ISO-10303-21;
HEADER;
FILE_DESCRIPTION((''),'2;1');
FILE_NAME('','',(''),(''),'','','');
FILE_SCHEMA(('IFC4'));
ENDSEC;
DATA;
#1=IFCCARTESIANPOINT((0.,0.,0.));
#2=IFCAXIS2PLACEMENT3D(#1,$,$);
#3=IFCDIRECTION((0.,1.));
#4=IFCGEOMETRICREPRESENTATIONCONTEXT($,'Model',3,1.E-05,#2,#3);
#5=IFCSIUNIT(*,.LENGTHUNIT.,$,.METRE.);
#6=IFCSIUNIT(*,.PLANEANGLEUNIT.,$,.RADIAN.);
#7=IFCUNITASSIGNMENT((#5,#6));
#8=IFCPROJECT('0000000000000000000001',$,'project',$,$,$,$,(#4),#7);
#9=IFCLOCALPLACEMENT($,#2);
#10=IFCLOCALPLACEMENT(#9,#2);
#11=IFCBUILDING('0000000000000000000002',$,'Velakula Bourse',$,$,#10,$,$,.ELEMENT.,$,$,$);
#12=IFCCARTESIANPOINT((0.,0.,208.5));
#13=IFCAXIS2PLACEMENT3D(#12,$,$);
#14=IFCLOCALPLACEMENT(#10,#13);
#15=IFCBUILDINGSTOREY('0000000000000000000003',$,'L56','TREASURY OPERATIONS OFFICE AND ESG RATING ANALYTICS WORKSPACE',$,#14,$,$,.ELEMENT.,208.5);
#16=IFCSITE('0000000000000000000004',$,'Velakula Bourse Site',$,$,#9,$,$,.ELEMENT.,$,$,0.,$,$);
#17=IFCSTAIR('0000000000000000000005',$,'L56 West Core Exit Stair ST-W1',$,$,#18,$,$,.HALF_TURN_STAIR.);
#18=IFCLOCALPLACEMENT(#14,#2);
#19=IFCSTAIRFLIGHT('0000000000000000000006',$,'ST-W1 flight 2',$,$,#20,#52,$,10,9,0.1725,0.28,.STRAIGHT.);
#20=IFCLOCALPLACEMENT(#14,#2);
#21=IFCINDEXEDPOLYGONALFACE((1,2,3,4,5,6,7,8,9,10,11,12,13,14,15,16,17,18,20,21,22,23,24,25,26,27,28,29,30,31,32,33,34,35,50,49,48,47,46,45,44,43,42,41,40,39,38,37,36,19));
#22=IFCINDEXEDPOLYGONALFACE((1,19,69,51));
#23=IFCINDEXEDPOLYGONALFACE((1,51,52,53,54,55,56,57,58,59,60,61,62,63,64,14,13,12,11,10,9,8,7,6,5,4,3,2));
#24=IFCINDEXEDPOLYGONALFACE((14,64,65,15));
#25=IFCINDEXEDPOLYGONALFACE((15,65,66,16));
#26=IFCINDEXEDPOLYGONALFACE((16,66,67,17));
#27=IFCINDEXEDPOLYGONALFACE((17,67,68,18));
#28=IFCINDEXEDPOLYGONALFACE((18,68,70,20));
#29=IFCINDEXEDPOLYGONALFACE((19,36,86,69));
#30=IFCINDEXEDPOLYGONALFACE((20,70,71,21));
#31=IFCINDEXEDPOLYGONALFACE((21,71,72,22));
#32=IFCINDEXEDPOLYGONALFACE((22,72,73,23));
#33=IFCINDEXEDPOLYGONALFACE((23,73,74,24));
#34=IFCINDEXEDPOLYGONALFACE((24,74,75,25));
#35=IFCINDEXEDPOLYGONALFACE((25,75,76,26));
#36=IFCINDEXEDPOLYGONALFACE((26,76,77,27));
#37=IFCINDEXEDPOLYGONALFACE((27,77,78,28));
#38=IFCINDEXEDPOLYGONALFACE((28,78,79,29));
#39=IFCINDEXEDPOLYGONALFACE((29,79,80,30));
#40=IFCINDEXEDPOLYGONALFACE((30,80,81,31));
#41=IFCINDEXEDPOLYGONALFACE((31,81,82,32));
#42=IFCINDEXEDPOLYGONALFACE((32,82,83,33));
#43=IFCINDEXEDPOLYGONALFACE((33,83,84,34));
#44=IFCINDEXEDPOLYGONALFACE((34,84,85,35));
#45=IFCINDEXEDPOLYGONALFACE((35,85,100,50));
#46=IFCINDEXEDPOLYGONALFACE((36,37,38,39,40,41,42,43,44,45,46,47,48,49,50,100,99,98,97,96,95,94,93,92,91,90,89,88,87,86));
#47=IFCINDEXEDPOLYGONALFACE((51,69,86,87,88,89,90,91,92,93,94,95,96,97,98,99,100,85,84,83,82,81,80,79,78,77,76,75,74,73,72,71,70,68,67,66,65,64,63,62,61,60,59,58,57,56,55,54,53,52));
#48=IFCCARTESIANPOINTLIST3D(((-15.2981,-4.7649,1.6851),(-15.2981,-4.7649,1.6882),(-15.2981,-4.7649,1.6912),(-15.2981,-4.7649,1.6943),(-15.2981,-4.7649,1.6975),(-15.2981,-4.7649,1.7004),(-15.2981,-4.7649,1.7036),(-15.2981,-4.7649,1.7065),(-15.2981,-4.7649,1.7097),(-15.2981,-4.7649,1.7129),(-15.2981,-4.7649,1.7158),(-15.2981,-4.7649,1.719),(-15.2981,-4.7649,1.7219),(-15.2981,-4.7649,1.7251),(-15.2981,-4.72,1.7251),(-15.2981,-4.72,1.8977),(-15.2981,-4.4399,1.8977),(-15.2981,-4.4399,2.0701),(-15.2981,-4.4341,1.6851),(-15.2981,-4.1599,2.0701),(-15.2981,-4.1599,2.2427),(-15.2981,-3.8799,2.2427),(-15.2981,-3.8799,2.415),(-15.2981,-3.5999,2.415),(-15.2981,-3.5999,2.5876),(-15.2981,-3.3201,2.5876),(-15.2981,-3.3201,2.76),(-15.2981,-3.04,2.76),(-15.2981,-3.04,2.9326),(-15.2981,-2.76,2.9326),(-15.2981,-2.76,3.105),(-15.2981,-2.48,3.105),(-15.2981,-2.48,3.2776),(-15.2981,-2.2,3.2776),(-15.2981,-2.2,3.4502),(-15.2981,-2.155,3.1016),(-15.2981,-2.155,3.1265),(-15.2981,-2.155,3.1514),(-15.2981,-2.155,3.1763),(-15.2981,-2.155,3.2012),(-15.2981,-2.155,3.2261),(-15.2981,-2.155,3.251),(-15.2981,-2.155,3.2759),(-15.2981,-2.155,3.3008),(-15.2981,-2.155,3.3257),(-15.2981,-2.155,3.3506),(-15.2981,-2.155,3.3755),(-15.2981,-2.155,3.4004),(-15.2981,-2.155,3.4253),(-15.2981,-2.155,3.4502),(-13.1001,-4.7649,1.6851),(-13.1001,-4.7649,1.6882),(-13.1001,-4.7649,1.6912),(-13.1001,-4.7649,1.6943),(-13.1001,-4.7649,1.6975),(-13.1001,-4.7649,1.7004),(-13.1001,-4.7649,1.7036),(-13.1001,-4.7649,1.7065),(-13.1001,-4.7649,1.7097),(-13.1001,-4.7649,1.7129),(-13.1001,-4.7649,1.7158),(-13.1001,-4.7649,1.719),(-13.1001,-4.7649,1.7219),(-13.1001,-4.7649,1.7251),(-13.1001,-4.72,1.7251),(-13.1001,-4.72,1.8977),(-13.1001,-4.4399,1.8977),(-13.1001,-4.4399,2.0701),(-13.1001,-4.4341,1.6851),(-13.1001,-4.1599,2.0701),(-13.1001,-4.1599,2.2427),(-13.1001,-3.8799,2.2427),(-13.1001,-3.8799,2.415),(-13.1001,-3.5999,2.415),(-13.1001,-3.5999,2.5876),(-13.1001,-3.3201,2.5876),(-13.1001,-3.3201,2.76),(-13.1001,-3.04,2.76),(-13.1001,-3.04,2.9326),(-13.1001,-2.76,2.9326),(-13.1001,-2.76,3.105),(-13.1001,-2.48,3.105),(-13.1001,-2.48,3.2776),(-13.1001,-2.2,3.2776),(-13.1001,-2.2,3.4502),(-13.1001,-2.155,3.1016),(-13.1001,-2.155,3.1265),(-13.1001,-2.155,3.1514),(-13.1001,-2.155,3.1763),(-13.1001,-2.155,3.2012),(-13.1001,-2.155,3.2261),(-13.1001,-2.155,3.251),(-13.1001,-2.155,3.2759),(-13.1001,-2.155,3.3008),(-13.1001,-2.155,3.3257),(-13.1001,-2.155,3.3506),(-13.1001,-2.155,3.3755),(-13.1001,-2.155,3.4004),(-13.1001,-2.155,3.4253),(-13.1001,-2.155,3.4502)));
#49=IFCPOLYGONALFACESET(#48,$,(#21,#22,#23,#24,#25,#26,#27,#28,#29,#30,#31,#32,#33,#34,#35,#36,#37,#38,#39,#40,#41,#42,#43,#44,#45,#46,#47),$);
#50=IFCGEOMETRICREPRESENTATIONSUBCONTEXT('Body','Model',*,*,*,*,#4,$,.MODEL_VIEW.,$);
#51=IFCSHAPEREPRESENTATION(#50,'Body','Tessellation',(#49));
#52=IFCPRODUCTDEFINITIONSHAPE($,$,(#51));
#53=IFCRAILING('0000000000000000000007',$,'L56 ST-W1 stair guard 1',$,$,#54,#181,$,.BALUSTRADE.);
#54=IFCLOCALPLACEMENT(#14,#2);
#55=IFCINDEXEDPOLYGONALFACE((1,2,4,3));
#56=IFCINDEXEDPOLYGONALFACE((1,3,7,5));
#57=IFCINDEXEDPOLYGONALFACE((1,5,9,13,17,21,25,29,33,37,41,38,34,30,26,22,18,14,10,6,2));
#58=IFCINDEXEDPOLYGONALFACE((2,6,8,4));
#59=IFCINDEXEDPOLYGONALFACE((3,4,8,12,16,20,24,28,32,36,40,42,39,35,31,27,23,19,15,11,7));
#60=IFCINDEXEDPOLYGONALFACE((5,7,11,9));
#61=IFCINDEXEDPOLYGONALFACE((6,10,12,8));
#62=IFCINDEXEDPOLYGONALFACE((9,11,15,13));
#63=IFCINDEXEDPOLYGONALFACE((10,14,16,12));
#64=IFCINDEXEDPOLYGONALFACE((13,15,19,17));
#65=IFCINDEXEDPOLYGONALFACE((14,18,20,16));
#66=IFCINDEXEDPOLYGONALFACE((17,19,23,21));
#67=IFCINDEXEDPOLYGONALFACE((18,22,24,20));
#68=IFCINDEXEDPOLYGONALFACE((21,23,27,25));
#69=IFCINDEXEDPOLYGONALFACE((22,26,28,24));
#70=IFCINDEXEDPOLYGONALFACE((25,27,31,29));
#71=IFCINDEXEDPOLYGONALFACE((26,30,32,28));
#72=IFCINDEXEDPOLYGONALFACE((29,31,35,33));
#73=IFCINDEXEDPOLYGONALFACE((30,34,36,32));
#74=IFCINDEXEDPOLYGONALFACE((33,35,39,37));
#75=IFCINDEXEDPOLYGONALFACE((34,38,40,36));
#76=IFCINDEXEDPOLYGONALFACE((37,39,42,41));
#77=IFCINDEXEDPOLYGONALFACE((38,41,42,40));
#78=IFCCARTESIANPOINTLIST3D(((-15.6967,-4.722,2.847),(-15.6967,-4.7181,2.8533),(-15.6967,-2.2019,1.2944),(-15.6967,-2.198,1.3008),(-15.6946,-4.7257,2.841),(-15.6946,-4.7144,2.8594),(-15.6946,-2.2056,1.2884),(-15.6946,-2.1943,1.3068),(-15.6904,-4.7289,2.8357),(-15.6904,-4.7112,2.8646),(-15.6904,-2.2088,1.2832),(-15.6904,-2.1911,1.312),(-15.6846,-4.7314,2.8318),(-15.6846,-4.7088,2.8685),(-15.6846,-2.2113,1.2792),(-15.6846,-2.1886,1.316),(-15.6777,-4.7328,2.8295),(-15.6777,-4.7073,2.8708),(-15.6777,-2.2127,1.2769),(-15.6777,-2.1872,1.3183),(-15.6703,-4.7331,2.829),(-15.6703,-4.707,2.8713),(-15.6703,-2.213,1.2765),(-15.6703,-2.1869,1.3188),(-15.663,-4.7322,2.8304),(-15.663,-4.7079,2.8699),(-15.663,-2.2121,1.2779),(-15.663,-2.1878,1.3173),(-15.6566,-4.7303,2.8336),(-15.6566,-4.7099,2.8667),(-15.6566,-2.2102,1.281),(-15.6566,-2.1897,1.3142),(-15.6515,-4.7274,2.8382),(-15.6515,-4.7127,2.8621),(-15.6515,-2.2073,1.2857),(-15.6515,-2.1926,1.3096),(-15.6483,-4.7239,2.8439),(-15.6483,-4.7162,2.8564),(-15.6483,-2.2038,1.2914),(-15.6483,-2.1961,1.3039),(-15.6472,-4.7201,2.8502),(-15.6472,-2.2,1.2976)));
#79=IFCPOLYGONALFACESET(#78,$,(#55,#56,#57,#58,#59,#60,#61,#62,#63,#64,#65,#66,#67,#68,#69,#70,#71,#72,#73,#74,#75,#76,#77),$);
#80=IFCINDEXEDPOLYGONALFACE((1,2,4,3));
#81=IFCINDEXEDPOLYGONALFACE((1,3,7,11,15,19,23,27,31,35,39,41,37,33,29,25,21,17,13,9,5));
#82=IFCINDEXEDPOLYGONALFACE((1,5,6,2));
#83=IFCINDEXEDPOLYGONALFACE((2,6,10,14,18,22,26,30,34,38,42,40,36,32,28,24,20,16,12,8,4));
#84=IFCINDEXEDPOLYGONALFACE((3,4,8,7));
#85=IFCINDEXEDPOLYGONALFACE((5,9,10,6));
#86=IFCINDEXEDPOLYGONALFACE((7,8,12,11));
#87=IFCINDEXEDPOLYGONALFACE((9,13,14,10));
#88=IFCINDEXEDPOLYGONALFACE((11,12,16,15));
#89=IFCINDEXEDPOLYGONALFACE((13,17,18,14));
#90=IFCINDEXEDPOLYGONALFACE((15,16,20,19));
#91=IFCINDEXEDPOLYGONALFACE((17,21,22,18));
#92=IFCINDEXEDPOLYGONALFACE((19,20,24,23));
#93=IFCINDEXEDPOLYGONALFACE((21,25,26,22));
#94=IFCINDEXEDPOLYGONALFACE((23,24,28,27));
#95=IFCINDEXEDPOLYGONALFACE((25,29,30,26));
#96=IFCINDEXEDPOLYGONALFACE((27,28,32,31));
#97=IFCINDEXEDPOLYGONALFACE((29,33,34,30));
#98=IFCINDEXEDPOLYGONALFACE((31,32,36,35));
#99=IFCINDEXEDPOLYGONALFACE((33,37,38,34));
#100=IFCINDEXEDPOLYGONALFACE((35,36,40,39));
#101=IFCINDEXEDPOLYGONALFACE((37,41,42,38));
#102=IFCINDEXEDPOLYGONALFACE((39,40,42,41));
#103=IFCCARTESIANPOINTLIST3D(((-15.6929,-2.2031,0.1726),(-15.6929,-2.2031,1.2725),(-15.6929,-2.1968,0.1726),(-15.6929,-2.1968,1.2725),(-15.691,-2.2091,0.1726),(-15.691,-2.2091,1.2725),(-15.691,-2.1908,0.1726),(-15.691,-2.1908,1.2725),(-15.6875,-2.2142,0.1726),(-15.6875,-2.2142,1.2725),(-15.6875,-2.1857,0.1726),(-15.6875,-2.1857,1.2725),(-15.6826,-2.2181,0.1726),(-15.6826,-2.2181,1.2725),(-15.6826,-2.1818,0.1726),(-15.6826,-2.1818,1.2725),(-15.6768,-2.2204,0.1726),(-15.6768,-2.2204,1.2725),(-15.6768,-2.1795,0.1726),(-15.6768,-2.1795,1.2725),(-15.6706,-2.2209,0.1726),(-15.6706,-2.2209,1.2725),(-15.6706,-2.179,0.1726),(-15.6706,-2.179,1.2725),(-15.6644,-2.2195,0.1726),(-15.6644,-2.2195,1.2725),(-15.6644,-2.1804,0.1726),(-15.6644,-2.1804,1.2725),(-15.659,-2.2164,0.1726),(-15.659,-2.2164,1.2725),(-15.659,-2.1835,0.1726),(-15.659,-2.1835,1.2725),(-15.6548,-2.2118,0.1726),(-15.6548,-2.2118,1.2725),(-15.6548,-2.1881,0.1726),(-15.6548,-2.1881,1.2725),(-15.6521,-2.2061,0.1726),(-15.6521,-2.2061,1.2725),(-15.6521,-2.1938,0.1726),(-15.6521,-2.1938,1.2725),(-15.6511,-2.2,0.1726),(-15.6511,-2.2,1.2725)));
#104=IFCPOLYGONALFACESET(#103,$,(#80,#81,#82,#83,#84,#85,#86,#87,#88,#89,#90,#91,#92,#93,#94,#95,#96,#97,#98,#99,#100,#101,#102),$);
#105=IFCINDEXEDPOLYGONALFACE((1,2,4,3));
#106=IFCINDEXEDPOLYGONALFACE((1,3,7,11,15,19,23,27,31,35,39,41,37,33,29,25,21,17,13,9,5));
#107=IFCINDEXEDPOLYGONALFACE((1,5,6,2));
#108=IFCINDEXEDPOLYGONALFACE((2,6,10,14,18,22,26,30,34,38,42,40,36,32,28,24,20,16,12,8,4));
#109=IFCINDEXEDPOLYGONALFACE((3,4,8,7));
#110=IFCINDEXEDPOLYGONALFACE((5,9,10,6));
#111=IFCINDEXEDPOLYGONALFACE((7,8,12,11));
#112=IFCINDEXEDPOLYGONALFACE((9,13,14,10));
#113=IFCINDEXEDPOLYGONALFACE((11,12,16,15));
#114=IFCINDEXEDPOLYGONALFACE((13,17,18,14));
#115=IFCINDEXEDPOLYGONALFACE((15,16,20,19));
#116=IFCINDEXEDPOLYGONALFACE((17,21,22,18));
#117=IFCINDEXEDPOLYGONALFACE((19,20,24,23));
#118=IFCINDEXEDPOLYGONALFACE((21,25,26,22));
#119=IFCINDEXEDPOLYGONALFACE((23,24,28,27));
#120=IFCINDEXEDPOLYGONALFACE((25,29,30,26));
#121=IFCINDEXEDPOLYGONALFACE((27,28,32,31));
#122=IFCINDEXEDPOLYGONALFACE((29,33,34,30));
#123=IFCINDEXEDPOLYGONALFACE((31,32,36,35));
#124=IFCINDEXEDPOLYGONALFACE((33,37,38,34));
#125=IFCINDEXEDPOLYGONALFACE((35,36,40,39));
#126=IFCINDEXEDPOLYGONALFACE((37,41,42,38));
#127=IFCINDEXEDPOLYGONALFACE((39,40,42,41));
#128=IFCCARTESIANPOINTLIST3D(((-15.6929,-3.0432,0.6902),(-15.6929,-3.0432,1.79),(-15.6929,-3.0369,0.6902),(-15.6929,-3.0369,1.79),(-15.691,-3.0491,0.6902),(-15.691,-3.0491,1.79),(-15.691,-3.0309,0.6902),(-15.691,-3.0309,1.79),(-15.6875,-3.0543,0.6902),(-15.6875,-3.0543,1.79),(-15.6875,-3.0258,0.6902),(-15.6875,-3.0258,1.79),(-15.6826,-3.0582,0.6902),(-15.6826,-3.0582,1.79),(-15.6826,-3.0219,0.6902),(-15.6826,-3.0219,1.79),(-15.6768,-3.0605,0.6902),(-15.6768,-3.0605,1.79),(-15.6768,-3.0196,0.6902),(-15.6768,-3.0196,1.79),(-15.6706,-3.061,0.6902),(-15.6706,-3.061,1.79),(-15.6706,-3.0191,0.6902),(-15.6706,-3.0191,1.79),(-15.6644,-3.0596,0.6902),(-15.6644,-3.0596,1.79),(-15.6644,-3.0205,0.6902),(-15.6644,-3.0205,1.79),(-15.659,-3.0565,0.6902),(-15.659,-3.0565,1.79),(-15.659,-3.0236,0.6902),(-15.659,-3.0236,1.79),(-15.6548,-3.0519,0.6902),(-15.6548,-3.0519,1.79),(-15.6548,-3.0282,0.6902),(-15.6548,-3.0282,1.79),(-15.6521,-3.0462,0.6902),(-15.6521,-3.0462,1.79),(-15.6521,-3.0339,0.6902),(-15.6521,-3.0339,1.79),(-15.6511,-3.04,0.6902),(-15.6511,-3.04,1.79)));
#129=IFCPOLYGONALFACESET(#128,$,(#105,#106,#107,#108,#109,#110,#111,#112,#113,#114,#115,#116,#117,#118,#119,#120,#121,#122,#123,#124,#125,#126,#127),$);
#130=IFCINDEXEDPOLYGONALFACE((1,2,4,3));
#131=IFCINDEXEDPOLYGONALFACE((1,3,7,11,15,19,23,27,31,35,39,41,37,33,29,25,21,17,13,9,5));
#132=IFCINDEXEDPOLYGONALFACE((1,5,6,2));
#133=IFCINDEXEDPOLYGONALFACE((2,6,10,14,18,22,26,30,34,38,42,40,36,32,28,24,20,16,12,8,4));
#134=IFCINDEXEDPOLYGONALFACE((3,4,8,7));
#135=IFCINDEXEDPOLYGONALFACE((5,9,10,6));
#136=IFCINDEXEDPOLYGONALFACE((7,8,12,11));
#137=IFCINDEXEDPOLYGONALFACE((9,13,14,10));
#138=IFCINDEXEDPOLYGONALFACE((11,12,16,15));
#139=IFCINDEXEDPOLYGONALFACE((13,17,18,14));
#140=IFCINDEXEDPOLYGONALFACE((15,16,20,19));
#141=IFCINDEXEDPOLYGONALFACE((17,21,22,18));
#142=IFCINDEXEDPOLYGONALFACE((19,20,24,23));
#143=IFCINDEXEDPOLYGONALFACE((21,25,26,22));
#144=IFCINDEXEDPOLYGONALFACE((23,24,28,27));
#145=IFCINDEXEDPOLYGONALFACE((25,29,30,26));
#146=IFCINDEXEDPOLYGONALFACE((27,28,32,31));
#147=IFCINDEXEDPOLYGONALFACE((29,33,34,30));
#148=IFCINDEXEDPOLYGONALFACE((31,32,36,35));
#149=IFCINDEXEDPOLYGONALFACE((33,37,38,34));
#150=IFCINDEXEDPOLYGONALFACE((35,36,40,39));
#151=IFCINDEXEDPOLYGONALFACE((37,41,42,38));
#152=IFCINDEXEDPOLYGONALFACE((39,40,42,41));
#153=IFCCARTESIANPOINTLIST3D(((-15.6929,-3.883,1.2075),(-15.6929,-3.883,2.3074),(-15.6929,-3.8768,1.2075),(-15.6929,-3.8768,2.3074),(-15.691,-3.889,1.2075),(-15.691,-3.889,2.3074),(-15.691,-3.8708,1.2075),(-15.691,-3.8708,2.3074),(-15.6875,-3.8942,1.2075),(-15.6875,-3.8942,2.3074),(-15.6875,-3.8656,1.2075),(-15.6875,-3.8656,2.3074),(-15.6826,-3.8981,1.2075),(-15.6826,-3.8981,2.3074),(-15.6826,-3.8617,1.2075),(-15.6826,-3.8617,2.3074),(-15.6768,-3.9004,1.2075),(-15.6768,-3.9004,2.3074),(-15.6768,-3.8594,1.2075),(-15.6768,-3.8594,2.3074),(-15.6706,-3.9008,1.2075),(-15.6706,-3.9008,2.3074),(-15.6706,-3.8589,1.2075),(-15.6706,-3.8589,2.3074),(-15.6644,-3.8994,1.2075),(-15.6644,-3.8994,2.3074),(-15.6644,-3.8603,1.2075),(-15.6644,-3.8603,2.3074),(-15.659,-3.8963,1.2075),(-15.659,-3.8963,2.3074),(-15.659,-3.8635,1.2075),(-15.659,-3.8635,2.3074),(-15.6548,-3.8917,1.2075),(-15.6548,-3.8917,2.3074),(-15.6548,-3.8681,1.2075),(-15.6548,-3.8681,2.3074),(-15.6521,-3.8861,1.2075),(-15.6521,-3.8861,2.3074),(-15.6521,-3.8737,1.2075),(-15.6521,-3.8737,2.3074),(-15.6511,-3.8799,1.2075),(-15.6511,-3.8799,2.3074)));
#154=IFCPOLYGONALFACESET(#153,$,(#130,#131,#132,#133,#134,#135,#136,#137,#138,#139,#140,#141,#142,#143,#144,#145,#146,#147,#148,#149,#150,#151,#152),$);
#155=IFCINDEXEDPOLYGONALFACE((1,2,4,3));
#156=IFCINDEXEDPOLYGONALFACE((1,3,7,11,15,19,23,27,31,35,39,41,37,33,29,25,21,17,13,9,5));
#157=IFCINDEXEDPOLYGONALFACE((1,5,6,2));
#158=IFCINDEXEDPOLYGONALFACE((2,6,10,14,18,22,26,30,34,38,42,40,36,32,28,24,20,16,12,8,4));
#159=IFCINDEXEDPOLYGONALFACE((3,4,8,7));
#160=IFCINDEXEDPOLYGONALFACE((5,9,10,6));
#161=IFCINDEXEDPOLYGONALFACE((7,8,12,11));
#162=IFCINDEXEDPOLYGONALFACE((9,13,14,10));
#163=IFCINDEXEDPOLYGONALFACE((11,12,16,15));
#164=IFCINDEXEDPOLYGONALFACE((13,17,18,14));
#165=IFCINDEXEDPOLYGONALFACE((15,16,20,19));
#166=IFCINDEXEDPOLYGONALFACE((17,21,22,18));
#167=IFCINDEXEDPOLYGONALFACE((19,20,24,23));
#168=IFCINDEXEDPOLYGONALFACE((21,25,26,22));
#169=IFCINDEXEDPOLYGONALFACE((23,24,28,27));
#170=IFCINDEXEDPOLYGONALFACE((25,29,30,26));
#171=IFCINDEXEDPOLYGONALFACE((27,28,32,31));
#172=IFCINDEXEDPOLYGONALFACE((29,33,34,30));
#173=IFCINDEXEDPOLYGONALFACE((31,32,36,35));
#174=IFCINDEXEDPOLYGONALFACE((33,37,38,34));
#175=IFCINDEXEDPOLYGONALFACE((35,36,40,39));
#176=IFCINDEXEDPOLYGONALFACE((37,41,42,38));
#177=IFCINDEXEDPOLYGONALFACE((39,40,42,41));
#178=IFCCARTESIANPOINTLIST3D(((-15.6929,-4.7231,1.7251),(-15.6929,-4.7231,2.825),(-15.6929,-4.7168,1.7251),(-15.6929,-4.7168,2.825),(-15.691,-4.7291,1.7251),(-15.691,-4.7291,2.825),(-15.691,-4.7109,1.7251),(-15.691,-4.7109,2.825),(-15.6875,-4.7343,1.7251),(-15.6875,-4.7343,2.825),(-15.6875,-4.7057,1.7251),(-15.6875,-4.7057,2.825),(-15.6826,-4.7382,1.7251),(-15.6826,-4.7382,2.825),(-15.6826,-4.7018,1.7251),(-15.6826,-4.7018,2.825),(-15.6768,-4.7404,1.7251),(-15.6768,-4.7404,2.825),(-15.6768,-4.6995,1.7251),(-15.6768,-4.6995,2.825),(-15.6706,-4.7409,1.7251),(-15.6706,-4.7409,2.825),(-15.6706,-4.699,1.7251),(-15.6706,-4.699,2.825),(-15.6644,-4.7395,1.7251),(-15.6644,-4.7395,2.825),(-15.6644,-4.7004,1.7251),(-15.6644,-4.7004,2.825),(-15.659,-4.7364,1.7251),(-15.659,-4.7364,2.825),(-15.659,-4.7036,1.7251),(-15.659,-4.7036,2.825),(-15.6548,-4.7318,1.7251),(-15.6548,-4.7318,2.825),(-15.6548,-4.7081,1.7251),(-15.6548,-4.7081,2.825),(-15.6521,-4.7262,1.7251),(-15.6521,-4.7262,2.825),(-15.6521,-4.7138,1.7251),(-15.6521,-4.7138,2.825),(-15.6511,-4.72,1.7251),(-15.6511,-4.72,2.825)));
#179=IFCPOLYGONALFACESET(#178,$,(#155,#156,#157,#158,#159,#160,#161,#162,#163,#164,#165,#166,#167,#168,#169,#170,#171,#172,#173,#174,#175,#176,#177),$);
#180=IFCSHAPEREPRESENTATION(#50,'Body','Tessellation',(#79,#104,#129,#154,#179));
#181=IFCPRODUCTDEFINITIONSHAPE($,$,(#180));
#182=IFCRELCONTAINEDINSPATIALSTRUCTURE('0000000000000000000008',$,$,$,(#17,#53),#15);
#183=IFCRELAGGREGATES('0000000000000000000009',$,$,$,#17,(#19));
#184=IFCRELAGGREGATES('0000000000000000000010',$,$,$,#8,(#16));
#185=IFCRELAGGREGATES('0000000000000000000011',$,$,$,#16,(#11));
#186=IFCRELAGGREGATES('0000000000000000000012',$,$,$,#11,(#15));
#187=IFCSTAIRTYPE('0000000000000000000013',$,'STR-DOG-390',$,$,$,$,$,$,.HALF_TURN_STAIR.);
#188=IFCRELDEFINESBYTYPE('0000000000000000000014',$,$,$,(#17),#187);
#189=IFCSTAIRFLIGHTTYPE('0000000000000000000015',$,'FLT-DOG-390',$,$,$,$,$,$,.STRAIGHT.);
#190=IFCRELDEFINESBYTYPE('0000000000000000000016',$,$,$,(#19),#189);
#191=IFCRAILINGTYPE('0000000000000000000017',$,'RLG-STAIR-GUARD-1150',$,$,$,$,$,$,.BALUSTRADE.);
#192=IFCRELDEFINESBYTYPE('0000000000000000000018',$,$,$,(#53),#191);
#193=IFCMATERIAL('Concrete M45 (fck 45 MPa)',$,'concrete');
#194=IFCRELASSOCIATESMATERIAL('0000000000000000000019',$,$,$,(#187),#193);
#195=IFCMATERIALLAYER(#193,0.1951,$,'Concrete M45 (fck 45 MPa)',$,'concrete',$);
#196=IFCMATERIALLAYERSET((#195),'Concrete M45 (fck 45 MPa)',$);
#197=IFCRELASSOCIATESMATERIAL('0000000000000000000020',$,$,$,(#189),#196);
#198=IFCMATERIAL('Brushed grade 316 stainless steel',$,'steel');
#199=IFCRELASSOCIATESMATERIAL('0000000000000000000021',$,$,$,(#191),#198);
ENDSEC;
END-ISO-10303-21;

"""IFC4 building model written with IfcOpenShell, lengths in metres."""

from ifc_helpers import new_model, si_unit, direction, frame, origin, origin_2d, place, context, subcontext, project, spatial, polyline, circle, outline, extrude, material, layer, layer_set, type_object, element, aggregate, save


model = new_model("IFC4")

# Units and contexts
model_context = context("Model", 3, precision=1e-05, world=origin(), true_north=direction((0.0, 1.0)))
body_context = subcontext(model_context, "Body", "Model", "MODEL_VIEW")
ifc_project = project(units=[si_unit("LENGTHUNIT", "METRE"), si_unit("PLANEANGLEUNIT", "RADIAN")], contexts=[model_context])

# Site, building, storey
site_placement = place(None, origin())
site = spatial("IfcSite", under=ifc_project, at=site_placement, Name="Velakula Bourse Site", CompositionType="ELEMENT", RefElevation=0.0)
building_placement = place(site_placement, origin())
building = spatial("IfcBuilding", under=site, at=building_placement, Name="Velakula Bourse", CompositionType="ELEMENT")
storey_placement = place(building_placement, frame((0.0, 0.0, 208.5)))
storey = spatial("IfcBuildingStorey", under=building, at=storey_placement, Name="L56", Description="TREASURY OPERATIONS OFFICE AND ESG RATING ANALYTICS WORKSPACE", CompositionType="ELEMENT", Elevation=208.5)

# Shared definitions
ifc_material_1 = material(Name="Brushed grade 316 stainless steel", Category="steel")

# Stair, stair flight
ifc_material_2 = material(Name="Concrete M45 (fck 45 MPa)", Category="concrete")
stair_type = type_object("IfcStairType", Name="STR-DOG-390", PredefinedType="HALF_TURN_STAIR", material=ifc_material_2)
stair_placement = place(storey_placement, origin())
stair = element("IfcStair", 1, at=stair_placement, inside=storey, type_object=stair_type, Name="L56 West Core Exit Stair ST-W1", PredefinedType="HALF_TURN_STAIR")
ifc_layer_1 = layer(ifc_material_2, 0.1951, Name="Concrete M45 (fck 45 MPa)", Category="concrete")
ifc_layer_set_1 = layer_set([ifc_layer_1], Name="Concrete M45 (fck 45 MPa)")
stair_flight_type = type_object("IfcStairFlightType", Name="FLT-DOG-390", PredefinedType="STRAIGHT", material=ifc_layer_set_1)
stair_flight_1_placement = place(storey_placement, frame((-14.199, -4.72, 1.7251), z_axis=(0.0, 0.0, 1.0), x_axis=(0.0, 1.0, 0.0)))
stair_flight_1 = element("IfcStairFlight", 2, at=stair_flight_1_placement, type_object=stair_flight_type, Name="ST-W1 flight 2", NumberOfRisers=10, NumberOfTreads=9, PredefinedType="STRAIGHT", RiserHeight=0.1725, TreadLength=0.28, context=body_context, shape_type="SweptSolid", body=[
    extrude(outline(polyline([(-0.0449, -0.04), (-0.0449, -0.0369), (-0.0449, -0.0339), (-0.0449, -0.0308), (-0.0449, -0.0276), (-0.0449, -0.0247), (-0.0449, -0.0215), (-0.0449, -0.0186), (-0.0449, -0.0154), (-0.0449, -0.0122), (-0.0449, -0.0093), (-0.0449, -0.0061), (-0.0449, -0.0032), (-0.0449, 0.0), (0.0, 0.0), (0.0, 0.1726), (0.28, 0.1726), (0.28, 0.345), (0.5601, 0.345), (0.5601, 0.5176), (0.8401, 0.5176), (0.8401, 0.6899), (1.1201, 0.6899), (1.1201, 0.8625), (1.3999, 0.8625), (1.3999, 1.0349), (1.6799, 1.0349), (1.6799, 1.2075), (1.96, 1.2075), (1.96, 1.3799), (2.24, 1.3799), (2.24, 1.5525), (2.52, 1.5525), (2.52, 1.7251), (2.5649, 1.7251), (2.5649, 1.7002), (2.5649, 1.6753), (2.5649, 1.6504), (2.5649, 1.6255), (2.5649, 1.6006), (2.5649, 1.5757), (2.5649, 1.5508), (2.5649, 1.5259), (2.5649, 1.501), (2.5649, 1.4761), (2.5649, 1.4512), (2.5649, 1.4263), (2.5649, 1.4014), (2.5649, 1.3765), (0.2859, -0.04), (-0.0449, -0.04)])), frame((0.0, 1.0991, 0.0), z_axis=(0.0, -1.0, 0.0), x_axis=(1.0, 0.0, 0.0)), (0.0, 0.0, 1.0), 2.198),
])
aggregate(stair, [stair_flight_1])

# Railing
railing_type_1 = type_object("IfcRailingType", Name="RLG-STAIR-GUARD-1150", PredefinedType="BALUSTRADE", material=ifc_material_1)
railing_1_placement = place(storey_placement, frame((-15.6721, -2.2, 0.1726)))
element("IfcRailing", 3, at=railing_1_placement, inside=storey, type_object=railing_type_1, Name="L56 ST-W1 stair guard 1", PredefinedType="BALUSTRADE", context=body_context, shape_type="SweptSolid", body=[
    extrude(circle(Radius=0.0249, at=origin_2d()), frame((0.0, 0.0, 1.125), z_axis=(0.0, -0.8514, 0.524516), x_axis=(1.0, 0.0, 0.0)), (0.0, 0.0, 1.0), 2.96),
    extrude(circle(Radius=0.021, at=origin_2d()), origin(), (0.0, 0.0, 1.0), 1.0999),
    extrude(circle(Radius=0.021, at=origin_2d()), frame((0.0, -0.8401, 0.5176)), (0.0, 0.0, 1.0), 1.0999),
    extrude(circle(Radius=0.021, at=origin_2d()), frame((0.0, -1.6799, 1.0349)), (0.0, 0.0, 1.0), 1.0999),
    extrude(circle(Radius=0.021, at=origin_2d()), frame((0.0, -2.52, 1.5525)), (0.0, 0.0, 1.0), 1.0999),
])

save(model, "model.ifc")
